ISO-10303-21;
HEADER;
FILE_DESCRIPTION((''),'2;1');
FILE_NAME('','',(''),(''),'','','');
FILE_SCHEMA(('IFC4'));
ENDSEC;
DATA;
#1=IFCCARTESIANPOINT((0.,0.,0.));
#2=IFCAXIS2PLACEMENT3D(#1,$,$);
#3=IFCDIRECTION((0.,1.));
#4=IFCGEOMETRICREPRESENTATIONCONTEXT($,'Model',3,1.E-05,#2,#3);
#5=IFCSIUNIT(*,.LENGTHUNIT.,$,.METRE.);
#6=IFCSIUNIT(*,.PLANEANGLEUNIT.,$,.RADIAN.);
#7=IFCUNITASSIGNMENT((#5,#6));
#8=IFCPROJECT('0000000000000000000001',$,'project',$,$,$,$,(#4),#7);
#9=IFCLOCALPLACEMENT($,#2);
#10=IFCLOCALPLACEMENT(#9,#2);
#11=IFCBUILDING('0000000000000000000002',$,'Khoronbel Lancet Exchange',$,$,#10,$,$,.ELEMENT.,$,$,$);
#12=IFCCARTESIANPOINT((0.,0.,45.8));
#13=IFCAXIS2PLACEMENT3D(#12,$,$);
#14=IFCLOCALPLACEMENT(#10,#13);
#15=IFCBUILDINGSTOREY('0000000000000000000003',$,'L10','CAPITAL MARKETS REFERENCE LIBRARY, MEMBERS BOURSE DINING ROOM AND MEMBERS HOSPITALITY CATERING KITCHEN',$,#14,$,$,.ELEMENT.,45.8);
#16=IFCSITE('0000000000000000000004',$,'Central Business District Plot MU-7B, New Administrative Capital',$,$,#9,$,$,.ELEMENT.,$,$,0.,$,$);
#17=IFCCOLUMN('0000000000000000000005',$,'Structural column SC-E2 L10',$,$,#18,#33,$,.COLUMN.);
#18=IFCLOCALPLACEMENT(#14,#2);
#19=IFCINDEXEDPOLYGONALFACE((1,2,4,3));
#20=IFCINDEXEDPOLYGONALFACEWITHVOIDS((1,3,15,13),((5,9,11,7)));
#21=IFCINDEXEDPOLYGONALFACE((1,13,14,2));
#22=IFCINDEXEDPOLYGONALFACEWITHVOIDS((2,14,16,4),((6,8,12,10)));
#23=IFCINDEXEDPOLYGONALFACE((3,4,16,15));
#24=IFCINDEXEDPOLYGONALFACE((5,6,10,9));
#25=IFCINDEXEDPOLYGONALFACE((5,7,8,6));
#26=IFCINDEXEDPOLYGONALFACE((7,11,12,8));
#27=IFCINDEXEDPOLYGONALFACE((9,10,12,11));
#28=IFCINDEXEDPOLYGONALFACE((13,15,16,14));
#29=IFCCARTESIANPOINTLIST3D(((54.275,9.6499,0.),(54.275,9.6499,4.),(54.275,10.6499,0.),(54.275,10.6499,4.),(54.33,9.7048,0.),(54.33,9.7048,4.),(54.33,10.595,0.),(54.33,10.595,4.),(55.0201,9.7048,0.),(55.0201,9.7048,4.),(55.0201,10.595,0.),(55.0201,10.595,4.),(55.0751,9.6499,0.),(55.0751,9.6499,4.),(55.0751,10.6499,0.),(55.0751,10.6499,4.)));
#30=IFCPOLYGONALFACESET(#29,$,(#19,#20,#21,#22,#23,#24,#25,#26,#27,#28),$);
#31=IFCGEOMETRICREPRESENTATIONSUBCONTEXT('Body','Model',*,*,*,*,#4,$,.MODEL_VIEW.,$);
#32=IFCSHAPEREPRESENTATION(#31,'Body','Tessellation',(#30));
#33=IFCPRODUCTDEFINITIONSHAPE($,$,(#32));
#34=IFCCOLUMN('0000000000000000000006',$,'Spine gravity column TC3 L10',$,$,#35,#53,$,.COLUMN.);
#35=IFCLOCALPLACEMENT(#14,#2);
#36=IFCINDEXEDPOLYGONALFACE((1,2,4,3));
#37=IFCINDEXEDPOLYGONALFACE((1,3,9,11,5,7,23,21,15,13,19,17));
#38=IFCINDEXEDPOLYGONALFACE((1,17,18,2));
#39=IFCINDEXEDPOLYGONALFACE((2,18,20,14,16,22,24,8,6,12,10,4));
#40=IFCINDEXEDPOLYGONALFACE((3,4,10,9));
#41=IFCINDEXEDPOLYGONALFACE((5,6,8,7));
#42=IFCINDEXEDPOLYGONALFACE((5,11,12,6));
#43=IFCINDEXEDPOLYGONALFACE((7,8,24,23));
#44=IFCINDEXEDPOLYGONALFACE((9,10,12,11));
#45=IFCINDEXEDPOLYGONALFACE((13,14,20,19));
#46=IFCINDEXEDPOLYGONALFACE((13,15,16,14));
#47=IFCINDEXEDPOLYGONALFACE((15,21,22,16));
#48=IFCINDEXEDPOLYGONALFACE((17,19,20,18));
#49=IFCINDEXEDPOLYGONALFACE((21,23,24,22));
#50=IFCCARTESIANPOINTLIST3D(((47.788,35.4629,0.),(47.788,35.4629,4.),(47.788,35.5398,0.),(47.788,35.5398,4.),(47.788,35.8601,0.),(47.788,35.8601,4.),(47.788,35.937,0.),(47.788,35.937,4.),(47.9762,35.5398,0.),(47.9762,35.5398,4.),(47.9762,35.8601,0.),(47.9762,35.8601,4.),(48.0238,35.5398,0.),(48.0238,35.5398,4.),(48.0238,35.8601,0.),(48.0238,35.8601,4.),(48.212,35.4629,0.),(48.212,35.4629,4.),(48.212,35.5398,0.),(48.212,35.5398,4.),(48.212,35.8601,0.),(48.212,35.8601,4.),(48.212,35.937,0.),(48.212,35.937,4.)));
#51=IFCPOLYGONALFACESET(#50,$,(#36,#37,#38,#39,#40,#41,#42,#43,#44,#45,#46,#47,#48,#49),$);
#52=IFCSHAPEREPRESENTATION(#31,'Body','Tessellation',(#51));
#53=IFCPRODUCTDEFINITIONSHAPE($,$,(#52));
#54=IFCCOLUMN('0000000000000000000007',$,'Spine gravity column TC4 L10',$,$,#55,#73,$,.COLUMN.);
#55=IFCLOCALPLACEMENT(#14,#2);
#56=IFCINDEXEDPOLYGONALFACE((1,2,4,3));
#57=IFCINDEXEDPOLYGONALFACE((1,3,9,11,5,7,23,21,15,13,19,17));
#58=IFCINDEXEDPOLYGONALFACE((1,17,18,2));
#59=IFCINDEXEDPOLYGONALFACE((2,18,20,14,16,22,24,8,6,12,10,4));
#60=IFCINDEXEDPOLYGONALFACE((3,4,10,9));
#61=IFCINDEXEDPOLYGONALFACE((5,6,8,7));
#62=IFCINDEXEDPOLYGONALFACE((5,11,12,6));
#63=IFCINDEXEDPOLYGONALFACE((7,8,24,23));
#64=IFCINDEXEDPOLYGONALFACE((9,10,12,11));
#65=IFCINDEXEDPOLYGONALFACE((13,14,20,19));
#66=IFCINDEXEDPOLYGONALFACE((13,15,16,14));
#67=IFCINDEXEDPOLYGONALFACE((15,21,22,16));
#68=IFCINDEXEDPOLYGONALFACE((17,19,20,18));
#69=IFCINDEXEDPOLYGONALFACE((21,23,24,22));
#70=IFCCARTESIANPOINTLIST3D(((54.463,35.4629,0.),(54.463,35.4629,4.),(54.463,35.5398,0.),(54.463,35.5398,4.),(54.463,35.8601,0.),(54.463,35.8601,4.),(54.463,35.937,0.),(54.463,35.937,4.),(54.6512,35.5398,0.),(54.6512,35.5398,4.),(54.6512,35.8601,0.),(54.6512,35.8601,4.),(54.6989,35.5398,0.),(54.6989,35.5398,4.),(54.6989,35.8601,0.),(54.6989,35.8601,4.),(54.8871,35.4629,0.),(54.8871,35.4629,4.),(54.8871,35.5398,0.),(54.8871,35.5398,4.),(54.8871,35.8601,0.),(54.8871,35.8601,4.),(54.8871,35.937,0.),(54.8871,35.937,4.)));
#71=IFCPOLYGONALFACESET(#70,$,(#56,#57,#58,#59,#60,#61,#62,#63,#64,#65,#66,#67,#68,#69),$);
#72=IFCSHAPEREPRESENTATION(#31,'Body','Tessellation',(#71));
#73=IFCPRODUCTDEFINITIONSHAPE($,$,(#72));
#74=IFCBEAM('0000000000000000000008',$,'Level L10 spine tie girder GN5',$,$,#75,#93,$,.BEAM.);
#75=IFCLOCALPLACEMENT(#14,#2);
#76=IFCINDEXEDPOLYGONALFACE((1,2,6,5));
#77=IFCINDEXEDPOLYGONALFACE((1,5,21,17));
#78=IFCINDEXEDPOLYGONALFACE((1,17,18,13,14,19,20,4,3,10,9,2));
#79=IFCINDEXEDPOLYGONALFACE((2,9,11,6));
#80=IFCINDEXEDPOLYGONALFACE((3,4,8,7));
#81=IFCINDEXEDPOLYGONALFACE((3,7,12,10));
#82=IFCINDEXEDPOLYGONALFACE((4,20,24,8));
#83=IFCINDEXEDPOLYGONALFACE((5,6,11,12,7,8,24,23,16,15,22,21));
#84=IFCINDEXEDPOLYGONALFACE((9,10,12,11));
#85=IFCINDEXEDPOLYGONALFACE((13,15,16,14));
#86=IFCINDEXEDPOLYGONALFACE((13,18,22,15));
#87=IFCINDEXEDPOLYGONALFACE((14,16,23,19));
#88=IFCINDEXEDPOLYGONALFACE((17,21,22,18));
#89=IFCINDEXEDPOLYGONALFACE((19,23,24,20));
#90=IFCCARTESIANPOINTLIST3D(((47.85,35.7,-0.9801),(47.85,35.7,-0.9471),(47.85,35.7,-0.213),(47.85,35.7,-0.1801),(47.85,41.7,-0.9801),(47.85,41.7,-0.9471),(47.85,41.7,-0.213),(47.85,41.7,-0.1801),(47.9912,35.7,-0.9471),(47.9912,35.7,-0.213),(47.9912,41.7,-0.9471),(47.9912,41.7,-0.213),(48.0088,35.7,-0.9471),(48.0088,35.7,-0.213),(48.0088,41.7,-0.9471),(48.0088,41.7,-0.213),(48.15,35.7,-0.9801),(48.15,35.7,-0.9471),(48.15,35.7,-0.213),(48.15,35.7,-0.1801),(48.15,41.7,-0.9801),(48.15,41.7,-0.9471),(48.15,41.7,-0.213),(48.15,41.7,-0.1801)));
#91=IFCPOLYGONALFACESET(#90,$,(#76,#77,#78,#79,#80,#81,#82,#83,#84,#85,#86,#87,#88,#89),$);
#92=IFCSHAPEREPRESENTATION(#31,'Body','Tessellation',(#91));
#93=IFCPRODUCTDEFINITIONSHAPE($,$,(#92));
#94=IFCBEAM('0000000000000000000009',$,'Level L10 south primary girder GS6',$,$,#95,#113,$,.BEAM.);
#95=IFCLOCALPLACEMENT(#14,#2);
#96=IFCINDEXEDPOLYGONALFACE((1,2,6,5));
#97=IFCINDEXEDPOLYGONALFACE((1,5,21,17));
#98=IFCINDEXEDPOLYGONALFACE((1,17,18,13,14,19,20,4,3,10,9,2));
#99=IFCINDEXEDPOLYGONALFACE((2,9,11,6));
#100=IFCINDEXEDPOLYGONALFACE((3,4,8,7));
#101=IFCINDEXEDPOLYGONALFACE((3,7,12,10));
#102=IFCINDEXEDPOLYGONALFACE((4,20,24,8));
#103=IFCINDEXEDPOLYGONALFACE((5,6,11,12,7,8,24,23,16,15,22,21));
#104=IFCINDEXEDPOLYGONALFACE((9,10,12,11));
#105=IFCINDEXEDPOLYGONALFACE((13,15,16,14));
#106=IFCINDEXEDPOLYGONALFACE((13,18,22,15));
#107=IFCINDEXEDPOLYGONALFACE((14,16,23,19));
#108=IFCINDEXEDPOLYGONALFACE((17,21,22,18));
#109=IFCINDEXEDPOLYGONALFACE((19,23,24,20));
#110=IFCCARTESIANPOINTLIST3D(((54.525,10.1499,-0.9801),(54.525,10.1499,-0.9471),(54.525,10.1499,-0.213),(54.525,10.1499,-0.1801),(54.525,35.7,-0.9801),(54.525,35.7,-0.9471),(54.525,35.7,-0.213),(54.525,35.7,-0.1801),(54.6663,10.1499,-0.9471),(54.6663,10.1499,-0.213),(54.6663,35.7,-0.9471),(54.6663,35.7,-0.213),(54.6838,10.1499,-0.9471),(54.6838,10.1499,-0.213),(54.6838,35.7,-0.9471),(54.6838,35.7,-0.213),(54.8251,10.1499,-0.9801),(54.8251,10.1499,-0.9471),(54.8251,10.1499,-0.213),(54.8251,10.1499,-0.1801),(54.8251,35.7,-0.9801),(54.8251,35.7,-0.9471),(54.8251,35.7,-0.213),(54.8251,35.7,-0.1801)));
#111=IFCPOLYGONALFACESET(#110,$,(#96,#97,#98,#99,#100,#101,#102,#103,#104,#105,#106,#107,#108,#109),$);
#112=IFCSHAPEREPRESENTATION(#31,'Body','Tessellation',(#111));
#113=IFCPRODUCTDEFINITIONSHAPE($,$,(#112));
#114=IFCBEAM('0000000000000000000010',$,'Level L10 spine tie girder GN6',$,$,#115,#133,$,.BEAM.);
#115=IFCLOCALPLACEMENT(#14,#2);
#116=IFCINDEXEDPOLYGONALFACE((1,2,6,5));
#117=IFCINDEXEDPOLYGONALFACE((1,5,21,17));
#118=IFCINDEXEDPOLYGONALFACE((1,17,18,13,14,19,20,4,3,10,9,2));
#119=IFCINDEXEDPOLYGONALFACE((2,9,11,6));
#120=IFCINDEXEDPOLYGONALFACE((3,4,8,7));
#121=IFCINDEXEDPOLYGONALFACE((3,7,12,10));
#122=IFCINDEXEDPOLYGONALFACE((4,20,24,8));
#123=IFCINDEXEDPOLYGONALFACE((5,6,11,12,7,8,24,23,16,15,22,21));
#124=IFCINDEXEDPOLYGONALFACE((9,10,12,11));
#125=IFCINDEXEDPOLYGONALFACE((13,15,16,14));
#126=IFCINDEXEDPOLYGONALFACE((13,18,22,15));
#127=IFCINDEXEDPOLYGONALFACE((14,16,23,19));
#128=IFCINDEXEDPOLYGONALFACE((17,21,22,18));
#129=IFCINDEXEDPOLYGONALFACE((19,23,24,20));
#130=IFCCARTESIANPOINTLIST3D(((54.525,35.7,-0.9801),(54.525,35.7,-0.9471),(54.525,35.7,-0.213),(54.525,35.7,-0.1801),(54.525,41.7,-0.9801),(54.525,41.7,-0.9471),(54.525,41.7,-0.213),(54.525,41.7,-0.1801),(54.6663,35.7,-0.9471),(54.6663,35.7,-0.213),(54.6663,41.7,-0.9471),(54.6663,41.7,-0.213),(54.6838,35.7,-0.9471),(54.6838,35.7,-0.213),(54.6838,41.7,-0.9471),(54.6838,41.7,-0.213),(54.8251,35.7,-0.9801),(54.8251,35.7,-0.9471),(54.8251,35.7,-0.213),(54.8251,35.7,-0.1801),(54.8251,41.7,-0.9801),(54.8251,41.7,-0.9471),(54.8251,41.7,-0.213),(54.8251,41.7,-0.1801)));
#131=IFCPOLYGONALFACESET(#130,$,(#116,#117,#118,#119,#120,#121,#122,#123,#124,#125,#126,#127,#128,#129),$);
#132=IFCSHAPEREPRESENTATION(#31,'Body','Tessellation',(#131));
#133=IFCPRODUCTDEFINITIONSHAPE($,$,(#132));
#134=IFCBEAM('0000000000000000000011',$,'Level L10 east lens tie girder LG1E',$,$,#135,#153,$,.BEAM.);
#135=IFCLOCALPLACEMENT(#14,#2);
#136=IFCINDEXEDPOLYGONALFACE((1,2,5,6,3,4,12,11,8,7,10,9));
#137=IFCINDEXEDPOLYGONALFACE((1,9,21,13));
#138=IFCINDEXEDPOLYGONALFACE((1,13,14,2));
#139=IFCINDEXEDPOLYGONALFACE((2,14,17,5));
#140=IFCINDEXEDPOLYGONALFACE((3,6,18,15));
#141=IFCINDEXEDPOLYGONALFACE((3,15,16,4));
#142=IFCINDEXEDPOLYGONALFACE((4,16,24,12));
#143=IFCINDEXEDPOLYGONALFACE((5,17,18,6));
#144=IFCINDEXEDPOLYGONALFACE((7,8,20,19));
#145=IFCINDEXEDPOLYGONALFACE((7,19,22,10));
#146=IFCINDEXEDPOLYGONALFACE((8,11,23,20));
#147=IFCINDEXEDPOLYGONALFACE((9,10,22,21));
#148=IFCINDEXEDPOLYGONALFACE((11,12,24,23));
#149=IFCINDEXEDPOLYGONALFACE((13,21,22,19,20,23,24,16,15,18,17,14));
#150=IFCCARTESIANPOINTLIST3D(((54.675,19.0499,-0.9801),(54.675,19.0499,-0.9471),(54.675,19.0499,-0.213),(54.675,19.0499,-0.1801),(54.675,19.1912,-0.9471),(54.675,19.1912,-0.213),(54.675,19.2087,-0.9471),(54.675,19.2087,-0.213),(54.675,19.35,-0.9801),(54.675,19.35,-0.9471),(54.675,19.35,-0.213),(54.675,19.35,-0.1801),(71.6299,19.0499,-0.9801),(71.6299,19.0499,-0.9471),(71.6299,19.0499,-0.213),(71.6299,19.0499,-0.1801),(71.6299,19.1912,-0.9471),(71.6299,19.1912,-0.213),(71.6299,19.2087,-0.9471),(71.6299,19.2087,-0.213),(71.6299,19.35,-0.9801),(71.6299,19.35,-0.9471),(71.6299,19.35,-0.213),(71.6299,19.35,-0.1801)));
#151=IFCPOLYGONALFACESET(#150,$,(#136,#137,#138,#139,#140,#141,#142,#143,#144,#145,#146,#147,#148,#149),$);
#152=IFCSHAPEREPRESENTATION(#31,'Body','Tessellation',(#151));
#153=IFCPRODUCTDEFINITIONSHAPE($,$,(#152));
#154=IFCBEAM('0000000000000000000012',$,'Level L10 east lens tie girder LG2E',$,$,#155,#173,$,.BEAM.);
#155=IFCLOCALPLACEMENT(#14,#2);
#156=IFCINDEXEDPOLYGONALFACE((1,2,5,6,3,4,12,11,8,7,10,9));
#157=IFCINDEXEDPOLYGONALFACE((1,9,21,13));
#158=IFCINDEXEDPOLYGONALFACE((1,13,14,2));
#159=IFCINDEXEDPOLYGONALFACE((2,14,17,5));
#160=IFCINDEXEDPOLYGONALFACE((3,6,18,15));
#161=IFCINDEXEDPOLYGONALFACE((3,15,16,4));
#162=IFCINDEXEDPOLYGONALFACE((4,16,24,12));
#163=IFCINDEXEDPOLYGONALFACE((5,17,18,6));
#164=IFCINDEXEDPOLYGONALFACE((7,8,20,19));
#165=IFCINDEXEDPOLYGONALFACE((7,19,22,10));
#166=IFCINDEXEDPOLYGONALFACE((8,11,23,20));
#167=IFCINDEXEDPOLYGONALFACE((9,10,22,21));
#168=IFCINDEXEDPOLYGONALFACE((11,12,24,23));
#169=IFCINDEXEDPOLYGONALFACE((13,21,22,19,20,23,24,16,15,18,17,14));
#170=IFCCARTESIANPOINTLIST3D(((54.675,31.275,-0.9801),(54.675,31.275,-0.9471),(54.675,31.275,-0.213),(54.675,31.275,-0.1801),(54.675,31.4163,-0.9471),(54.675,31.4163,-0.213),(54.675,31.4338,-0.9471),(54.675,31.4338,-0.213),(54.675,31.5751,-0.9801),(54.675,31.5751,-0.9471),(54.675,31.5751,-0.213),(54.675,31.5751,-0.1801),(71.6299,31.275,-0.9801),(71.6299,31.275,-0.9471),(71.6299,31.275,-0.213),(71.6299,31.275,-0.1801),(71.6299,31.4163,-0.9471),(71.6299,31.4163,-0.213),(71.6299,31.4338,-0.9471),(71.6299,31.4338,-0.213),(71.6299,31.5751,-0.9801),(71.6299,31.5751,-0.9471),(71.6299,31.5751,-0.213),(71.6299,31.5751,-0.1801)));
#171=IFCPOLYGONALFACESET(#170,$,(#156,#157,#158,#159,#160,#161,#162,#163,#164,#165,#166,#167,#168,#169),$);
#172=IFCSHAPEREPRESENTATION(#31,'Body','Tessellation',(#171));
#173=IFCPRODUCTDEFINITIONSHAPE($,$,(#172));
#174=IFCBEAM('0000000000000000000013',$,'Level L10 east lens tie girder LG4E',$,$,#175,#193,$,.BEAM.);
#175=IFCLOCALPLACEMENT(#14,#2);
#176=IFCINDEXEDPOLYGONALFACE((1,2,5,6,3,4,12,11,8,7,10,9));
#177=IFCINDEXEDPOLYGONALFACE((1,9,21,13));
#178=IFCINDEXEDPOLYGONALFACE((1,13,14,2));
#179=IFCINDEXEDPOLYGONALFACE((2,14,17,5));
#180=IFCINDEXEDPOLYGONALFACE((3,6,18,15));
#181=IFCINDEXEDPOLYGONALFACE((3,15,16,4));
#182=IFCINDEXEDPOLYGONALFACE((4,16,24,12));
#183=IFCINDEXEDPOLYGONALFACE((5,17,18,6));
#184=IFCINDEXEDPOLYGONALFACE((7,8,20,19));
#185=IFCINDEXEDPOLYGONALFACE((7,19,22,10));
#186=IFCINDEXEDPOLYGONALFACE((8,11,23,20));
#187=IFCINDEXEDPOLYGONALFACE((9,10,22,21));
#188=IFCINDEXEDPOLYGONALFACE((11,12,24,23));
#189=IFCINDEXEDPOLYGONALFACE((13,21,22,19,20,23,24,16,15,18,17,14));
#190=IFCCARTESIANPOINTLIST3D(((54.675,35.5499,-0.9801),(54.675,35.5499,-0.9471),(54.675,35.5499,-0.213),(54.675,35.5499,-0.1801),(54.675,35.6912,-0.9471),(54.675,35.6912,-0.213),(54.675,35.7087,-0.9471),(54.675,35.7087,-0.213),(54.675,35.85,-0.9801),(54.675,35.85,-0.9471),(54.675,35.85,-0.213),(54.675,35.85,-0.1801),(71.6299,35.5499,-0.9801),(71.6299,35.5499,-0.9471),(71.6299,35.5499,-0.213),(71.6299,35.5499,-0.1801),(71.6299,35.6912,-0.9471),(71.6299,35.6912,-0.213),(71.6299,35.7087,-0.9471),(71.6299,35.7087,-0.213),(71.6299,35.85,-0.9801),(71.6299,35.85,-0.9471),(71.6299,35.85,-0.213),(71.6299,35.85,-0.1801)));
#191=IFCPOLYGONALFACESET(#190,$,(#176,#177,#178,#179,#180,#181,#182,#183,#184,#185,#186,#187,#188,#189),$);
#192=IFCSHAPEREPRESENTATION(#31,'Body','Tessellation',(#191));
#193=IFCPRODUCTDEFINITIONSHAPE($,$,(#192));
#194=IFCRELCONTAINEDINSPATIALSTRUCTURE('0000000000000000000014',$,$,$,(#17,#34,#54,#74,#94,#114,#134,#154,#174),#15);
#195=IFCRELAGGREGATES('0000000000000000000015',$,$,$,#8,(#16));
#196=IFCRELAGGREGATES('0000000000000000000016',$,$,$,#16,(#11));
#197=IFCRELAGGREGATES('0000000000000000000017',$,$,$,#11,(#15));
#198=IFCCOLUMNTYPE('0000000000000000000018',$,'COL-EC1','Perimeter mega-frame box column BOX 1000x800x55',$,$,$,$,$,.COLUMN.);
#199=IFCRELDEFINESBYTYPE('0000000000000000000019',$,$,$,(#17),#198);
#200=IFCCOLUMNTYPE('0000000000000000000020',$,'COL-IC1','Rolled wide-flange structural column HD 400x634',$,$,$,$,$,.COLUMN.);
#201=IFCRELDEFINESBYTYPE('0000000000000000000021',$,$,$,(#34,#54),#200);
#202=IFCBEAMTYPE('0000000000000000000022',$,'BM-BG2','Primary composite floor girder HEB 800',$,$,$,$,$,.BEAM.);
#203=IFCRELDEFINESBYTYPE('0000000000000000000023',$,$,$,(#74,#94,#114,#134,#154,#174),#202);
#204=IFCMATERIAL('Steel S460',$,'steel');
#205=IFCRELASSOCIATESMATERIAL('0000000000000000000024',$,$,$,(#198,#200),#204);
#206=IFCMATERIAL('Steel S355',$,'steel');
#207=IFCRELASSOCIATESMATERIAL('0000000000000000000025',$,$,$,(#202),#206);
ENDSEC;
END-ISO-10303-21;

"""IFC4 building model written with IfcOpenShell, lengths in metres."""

from ifc_helpers import new_model, si_unit, direction, frame, origin, origin_2d, place, context, subcontext, project, spatial, hollow_rectangle, i_section, extrude, material, material_profile, profile_set, type_object, element, save


model = new_model("IFC4")

# Units and contexts
model_context = context("Model", 3, precision=1e-05, world=origin(), true_north=direction((0.0, 1.0)))
body_context = subcontext(model_context, "Body", "Model", "MODEL_VIEW")
ifc_project = project(units=[si_unit("LENGTHUNIT", "METRE"), si_unit("PLANEANGLEUNIT", "RADIAN")], contexts=[model_context])

# Site, building, storey
site_placement = place(None, origin())
site = spatial("IfcSite", under=ifc_project, at=site_placement, Name="Central Business District Plot MU-7B, New Administrative Capital", CompositionType="ELEMENT", RefElevation=0.0)
building_placement = place(site_placement, origin())
building = spatial("IfcBuilding", under=site, at=building_placement, Name="Khoronbel Lancet Exchange", CompositionType="ELEMENT")
storey_placement = place(building_placement, frame((0.0, 0.0, 45.8)))
storey = spatial("IfcBuildingStorey", under=building, at=storey_placement, Name="L10", Description="CAPITAL MARKETS REFERENCE LIBRARY, MEMBERS BOURSE DINING ROOM AND MEMBERS HOSPITALITY CATERING KITCHEN", CompositionType="ELEMENT", Elevation=45.8)

# Columns
ifc_material_1 = material(Name="Steel S460", Category="steel")
ifc_material_profile_1 = material_profile(ifc_material_1, hollow_rectangle(XDim=0.8, YDim=1.0, WallThickness=0.0549, at=origin_2d()), Name="BOX 1000x800x55")
ifc_profile_set_1 = profile_set([ifc_material_profile_1], Name="Steel S460")
column_type_1 = type_object("IfcColumnType", Name="COL-EC1", Description="Perimeter mega-frame box column BOX 1000x800x55", PredefinedType="COLUMN", material=ifc_profile_set_1)
column_placement = place(storey_placement, frame((54.675, 10.1499, 0.0), z_axis=(0.0, 0.0, 1.0), x_axis=(1.0, 0.0, 0.0)))
element("IfcColumn", 1, at=column_placement, inside=storey, type_object=column_type_1, Name="Structural column SC-E2 L10", PredefinedType="COLUMN", context=body_context, shape_type="SweptSolid", body=[
    extrude(hollow_rectangle(XDim=0.8, YDim=1.0, WallThickness=0.0549, at=origin_2d()), origin(), (0.0, 0.0, 1.0), 4.0),
])
ifc_material_profile_2 = material_profile(ifc_material_1, i_section(OverallWidth=0.4241, OverallDepth=0.4741, WebThickness=0.0476, FlangeThickness=0.0769, at=origin_2d()), Name="HD 400x634")
ifc_profile_set_2 = profile_set([ifc_material_profile_2], Name="Steel S460")
column_type_2 = type_object("IfcColumnType", Name="COL-IC1", Description="Rolled wide-flange structural column HD 400x634", PredefinedType="COLUMN", material=ifc_profile_set_2)
for number, where, z_axis, x_axis, name in (
    (2, (48.0, 35.7, 0.0), (0.0, 0.0, 1.0), (1.0, 0.0, 0.0), "Spine gravity column TC3 L10"),
    (3, (54.675, 35.7, 0.0), (0.0, 0.0, 1.0), (1.0, 0.0, 0.0), "Spine gravity column TC4 L10"),
):
    element("IfcColumn", number, at=place(storey_placement, frame(where, z_axis=z_axis, x_axis=x_axis)), inside=storey, type_object=column_type_2, Name=name, PredefinedType="COLUMN", context=body_context, shape_type="SweptSolid", body=[
        extrude(i_section(OverallWidth=0.4241, OverallDepth=0.4741, WebThickness=0.0476, FlangeThickness=0.0769, at=origin_2d()), origin(), (0.0, 0.0, 1.0), 4.0),
    ])

# Beams
ifc_material_2 = material(Name="Steel S355", Category="steel")
ifc_material_profile_3 = material_profile(ifc_material_2, i_section(OverallWidth=0.3, OverallDepth=0.8, WebThickness=0.0176, FlangeThickness=0.033, at=origin_2d()), Name="HEB 800")
ifc_profile_set_3 = profile_set([ifc_material_profile_3], Name="Steel S355")
beam_type_1 = type_object("IfcBeamType", Name="BM-BG2", Description="Primary composite floor girder HEB 800", PredefinedType="BEAM", material=ifc_profile_set_3)
beam_1_placement = place(storey_placement, frame((48.0, 35.7, -0.5801), z_axis=(0.0, 1.0, 0.0), x_axis=(-1.0, 0.0, 0.0)))
element("IfcBeam", 4, at=beam_1_placement, inside=storey, type_object=beam_type_1, Name="Level L10 spine tie girder GN5", PredefinedType="BEAM", context=body_context, shape_type="SweptSolid", body=[
    extrude(i_section(OverallWidth=0.3, OverallDepth=0.8, WebThickness=0.0176, FlangeThickness=0.033, at=origin_2d()), origin(), (0.0, 0.0, 1.0), 6.0),
])
beam_2_placement = place(storey_placement, frame((54.675, 10.1499, -0.5801), z_axis=(0.0, 1.0, 0.0), x_axis=(-1.0, 0.0, 0.0)))
element("IfcBeam", 5, at=beam_2_placement, inside=storey, type_object=beam_type_1, Name="Level L10 south primary girder GS6", PredefinedType="BEAM", context=body_context, shape_type="SweptSolid", body=[
    extrude(i_section(OverallWidth=0.3, OverallDepth=0.8, WebThickness=0.0176, FlangeThickness=0.033, at=origin_2d()), origin(), (0.0, 0.0, 1.0), 25.55),
])
beam_3_placement = place(storey_placement, frame((54.675, 35.7, -0.5801), z_axis=(0.0, 1.0, 0.0), x_axis=(-1.0, 0.0, 0.0)))
element("IfcBeam", 6, at=beam_3_placement, inside=storey, type_object=beam_type_1, Name="Level L10 spine tie girder GN6", PredefinedType="BEAM", context=body_context, shape_type="SweptSolid", body=[
    extrude(i_section(OverallWidth=0.3, OverallDepth=0.8, WebThickness=0.0176, FlangeThickness=0.033, at=origin_2d()), origin(), (0.0, 0.0, 1.0), 6.0),
])
for number, where, z_axis, x_axis, name in (
    (7, (54.675, 19.2, -0.5801), (1.0, 0.0, 0.0), (0.0, 1.0, 0.0), "Level L10 east lens tie girder LG1E"),
    (8, (54.675, 31.425, -0.5801), (1.0, 0.0, 0.0), (0.0, 1.0, 0.0), "Level L10 east lens tie girder LG2E"),
    (9, (54.675, 35.7, -0.5801), (1.0, 0.0, 0.0), (0.0, 1.0, 0.0), "Level L10 east lens tie girder LG4E"),
):
    element("IfcBeam", number, at=place(storey_placement, frame(where, z_axis=z_axis, x_axis=x_axis)), inside=storey, type_object=beam_type_1, Name=name, PredefinedType="BEAM", context=body_context, shape_type="SweptSolid", body=[
        extrude(i_section(OverallWidth=0.3, OverallDepth=0.8, WebThickness=0.0176, FlangeThickness=0.033, at=origin_2d()), origin(), (0.0, 0.0, 1.0), 16.9548),
    ])

save(model, "model.ifc")
